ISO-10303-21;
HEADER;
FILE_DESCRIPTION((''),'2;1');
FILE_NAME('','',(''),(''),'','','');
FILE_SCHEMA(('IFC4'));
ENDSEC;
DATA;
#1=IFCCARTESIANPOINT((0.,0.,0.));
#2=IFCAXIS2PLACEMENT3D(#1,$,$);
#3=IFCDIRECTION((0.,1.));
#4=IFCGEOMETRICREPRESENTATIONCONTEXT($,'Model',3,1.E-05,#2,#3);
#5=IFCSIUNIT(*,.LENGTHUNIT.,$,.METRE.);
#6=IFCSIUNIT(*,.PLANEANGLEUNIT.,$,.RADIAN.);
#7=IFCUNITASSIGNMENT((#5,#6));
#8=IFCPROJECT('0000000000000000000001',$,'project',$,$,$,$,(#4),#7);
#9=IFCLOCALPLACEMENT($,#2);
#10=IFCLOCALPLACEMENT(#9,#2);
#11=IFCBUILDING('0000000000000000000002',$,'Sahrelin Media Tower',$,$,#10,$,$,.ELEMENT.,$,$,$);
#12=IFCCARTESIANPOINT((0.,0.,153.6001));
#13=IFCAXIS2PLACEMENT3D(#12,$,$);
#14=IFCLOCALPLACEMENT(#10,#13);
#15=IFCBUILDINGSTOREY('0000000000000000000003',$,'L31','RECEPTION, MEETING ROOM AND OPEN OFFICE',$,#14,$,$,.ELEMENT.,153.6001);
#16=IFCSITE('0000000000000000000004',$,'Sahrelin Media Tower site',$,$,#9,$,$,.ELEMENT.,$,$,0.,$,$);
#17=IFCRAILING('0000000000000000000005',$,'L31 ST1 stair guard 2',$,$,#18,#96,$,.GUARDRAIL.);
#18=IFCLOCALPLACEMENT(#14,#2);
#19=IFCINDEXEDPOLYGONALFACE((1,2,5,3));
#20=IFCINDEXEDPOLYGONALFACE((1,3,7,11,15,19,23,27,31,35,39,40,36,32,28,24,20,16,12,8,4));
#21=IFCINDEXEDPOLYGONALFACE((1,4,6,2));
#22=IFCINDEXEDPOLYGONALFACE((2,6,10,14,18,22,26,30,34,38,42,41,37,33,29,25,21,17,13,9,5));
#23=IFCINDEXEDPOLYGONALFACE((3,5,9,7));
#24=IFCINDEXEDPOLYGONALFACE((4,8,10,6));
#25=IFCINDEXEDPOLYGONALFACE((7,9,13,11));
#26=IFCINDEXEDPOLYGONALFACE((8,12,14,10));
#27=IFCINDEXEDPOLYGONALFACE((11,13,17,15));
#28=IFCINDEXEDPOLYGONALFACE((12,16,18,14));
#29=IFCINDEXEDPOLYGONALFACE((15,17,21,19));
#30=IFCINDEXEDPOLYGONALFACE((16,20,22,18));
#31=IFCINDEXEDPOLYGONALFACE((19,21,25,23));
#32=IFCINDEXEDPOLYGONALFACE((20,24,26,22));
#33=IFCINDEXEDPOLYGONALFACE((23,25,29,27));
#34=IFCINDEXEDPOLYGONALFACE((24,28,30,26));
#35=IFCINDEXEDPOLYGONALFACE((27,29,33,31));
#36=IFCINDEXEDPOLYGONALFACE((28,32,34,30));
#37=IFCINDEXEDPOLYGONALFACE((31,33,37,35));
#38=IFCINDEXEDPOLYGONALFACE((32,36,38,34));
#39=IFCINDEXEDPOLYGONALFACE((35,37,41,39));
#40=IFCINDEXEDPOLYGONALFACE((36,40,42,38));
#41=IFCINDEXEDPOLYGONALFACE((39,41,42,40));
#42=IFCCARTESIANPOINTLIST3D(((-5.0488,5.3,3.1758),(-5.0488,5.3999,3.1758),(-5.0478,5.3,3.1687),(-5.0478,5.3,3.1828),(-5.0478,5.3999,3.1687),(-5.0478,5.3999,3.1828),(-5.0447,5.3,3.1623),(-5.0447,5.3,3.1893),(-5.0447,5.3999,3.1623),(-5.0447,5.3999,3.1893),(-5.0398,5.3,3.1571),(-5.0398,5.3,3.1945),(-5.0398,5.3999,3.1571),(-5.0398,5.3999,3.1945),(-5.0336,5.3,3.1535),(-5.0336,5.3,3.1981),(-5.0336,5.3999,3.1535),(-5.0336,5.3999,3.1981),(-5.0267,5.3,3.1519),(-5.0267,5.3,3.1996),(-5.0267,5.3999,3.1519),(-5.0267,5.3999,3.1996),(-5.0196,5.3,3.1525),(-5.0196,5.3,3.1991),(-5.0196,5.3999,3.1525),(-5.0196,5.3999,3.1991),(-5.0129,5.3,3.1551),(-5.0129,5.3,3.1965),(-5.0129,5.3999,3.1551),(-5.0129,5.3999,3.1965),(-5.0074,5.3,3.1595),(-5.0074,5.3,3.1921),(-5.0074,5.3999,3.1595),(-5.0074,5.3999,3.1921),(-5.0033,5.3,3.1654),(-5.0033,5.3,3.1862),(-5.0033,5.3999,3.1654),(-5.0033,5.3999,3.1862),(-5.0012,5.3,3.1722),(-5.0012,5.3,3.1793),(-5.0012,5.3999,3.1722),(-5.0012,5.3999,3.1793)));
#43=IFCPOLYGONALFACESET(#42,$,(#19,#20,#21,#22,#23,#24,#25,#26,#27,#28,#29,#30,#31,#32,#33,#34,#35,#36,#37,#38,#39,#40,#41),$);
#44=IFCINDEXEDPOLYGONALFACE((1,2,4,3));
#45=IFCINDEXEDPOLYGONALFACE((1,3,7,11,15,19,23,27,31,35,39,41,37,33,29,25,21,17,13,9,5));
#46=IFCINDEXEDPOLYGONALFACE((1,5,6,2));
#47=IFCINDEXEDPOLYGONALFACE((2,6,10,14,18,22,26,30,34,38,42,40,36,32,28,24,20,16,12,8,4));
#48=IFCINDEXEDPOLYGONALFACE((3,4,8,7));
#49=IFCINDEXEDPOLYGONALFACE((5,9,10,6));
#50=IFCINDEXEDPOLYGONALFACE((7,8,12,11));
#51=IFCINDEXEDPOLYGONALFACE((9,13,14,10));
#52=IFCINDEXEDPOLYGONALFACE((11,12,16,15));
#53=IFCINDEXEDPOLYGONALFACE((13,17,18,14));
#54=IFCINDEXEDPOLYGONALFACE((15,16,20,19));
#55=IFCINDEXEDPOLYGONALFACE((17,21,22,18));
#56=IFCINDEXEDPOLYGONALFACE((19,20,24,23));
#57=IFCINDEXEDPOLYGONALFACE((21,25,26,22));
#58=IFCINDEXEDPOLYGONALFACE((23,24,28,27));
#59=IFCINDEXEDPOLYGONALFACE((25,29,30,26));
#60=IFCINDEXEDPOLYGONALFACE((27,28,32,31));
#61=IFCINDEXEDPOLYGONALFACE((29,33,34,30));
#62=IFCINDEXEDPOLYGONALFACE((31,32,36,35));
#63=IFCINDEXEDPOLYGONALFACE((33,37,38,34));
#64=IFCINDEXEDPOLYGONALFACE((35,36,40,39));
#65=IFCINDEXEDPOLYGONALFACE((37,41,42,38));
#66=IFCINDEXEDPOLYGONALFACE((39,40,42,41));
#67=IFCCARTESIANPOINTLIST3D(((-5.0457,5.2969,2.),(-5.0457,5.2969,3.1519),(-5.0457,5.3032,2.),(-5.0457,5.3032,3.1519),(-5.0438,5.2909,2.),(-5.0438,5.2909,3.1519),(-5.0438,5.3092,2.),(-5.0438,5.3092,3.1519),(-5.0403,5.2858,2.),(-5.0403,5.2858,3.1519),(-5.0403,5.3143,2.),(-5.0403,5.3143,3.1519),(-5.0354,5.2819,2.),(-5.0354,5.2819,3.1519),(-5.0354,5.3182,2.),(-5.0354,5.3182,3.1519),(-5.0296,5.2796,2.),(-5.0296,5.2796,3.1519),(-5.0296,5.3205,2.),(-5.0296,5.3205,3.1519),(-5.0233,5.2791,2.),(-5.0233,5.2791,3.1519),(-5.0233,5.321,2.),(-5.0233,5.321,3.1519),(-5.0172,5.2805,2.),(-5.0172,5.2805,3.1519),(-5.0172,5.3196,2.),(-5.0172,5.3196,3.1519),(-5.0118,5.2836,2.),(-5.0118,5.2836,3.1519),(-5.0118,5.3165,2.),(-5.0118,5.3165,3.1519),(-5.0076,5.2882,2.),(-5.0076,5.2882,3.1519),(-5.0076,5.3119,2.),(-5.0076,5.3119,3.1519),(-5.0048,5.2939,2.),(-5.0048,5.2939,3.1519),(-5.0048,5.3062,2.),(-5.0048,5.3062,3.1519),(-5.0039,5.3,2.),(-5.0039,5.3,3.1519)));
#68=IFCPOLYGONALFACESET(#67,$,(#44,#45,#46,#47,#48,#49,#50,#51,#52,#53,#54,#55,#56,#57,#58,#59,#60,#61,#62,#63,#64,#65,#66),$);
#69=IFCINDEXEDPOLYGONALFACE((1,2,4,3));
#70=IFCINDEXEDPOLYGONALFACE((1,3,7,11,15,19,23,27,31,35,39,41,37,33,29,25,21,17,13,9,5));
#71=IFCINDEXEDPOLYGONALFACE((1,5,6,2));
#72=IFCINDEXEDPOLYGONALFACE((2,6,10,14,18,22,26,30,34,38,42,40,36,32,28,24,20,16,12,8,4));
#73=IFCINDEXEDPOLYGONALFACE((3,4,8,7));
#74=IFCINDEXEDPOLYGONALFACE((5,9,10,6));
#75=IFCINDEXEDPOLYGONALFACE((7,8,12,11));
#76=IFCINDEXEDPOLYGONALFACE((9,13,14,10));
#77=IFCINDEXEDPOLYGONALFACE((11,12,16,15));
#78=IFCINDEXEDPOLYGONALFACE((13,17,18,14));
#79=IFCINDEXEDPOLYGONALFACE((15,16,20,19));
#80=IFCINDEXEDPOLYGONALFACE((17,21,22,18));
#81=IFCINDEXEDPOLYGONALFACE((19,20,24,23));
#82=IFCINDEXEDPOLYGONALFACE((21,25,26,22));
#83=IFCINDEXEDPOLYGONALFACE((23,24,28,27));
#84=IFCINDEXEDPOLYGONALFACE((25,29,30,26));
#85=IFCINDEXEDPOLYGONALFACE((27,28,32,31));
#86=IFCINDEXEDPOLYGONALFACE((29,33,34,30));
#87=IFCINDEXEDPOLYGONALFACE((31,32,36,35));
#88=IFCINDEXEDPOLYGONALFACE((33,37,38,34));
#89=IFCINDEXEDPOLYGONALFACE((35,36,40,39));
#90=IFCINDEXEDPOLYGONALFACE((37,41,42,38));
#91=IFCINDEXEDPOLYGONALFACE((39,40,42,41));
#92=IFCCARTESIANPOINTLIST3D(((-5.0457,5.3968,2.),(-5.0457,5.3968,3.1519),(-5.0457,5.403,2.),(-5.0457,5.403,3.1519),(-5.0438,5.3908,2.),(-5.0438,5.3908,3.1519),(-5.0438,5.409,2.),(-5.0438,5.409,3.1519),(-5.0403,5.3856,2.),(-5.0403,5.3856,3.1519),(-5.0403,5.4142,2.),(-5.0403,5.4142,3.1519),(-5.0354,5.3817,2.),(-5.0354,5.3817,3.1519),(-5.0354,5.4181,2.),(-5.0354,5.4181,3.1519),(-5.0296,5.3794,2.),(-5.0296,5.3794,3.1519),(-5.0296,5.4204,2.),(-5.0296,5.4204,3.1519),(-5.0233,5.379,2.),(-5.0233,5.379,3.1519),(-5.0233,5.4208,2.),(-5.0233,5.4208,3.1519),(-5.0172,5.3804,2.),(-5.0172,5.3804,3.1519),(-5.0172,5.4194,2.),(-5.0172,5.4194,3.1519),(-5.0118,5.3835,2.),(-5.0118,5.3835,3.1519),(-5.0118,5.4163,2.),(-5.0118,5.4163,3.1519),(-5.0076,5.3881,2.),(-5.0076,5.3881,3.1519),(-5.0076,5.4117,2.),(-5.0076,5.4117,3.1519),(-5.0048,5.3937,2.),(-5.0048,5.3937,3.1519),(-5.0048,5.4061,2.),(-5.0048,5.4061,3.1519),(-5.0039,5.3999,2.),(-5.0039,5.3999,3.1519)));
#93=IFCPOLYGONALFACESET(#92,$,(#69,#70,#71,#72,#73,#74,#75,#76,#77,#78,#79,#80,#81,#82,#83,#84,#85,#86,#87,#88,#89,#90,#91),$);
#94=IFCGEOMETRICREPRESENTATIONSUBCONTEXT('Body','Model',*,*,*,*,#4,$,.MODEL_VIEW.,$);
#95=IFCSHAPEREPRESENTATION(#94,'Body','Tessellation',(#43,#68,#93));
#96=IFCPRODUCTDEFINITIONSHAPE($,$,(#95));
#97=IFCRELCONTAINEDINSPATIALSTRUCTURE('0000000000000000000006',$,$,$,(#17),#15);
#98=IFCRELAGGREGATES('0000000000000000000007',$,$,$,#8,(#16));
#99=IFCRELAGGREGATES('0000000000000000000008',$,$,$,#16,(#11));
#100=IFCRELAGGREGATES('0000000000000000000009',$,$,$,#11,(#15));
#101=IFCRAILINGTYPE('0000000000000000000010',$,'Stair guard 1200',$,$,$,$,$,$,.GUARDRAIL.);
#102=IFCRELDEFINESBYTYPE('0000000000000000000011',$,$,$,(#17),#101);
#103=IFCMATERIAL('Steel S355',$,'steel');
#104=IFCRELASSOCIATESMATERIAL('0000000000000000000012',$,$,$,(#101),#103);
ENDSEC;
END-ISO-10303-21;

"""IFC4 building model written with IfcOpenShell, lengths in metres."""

from ifc_helpers import new_model, si_unit, direction, frame, origin, origin_2d, place, context, subcontext, project, spatial, circle, extrude, material, type_object, element, save


model = new_model("IFC4")

# Units and contexts
model_context = context("Model", 3, precision=1e-05, world=origin(), true_north=direction((0.0, 1.0)))
body_context = subcontext(model_context, "Body", "Model", "MODEL_VIEW")
ifc_project = project(units=[si_unit("LENGTHUNIT", "METRE"), si_unit("PLANEANGLEUNIT", "RADIAN")], contexts=[model_context])

# Site, building, storey
site_placement = place(None, origin())
site = spatial("IfcSite", under=ifc_project, at=site_placement, Name="Sahrelin Media Tower site", CompositionType="ELEMENT", RefElevation=0.0)
building_placement = place(site_placement, origin())
building = spatial("IfcBuilding", under=site, at=building_placement, Name="Sahrelin Media Tower", CompositionType="ELEMENT")
storey_placement = place(building_placement, frame((0.0, 0.0, 153.6001)))
storey = spatial("IfcBuildingStorey", under=building, at=storey_placement, Name="L31", Description="RECEPTION, MEETING ROOM AND OPEN OFFICE", CompositionType="ELEMENT", Elevation=153.6001)

# Shared definitions
ifc_material_1 = material(Name="Steel S355", Category="steel")

# Railing
railing_type_1 = type_object("IfcRailingType", Name="Stair guard 1200", PredefinedType="GUARDRAIL", material=ifc_material_1)
railing_1_placement = place(storey_placement, frame((-5.0249, 5.3, 2.0)))
element("IfcRailing", 1, at=railing_1_placement, inside=storey, type_object=railing_type_1, Name="L31 ST1 stair guard 2", PredefinedType="GUARDRAIL", context=body_context, shape_type="SweptSolid", body=[
    extrude(circle(Radius=0.0239, at=origin_2d()), frame((0.0, 0.0, 1.1758), z_axis=(0.0, 1.0, 0.0), x_axis=(-1.0, 0.0, 0.0)), (0.0, 0.0, 1.0), 0.0999),
    extrude(circle(Radius=0.021, at=origin_2d()), origin(), (0.0, 0.0, 1.0), 1.1519),
    extrude(circle(Radius=0.021, at=origin_2d()), frame((0.0, 0.0999, 0.0)), (0.0, 0.0, 1.0), 1.1519),
])

save(model, "model.ifc")
